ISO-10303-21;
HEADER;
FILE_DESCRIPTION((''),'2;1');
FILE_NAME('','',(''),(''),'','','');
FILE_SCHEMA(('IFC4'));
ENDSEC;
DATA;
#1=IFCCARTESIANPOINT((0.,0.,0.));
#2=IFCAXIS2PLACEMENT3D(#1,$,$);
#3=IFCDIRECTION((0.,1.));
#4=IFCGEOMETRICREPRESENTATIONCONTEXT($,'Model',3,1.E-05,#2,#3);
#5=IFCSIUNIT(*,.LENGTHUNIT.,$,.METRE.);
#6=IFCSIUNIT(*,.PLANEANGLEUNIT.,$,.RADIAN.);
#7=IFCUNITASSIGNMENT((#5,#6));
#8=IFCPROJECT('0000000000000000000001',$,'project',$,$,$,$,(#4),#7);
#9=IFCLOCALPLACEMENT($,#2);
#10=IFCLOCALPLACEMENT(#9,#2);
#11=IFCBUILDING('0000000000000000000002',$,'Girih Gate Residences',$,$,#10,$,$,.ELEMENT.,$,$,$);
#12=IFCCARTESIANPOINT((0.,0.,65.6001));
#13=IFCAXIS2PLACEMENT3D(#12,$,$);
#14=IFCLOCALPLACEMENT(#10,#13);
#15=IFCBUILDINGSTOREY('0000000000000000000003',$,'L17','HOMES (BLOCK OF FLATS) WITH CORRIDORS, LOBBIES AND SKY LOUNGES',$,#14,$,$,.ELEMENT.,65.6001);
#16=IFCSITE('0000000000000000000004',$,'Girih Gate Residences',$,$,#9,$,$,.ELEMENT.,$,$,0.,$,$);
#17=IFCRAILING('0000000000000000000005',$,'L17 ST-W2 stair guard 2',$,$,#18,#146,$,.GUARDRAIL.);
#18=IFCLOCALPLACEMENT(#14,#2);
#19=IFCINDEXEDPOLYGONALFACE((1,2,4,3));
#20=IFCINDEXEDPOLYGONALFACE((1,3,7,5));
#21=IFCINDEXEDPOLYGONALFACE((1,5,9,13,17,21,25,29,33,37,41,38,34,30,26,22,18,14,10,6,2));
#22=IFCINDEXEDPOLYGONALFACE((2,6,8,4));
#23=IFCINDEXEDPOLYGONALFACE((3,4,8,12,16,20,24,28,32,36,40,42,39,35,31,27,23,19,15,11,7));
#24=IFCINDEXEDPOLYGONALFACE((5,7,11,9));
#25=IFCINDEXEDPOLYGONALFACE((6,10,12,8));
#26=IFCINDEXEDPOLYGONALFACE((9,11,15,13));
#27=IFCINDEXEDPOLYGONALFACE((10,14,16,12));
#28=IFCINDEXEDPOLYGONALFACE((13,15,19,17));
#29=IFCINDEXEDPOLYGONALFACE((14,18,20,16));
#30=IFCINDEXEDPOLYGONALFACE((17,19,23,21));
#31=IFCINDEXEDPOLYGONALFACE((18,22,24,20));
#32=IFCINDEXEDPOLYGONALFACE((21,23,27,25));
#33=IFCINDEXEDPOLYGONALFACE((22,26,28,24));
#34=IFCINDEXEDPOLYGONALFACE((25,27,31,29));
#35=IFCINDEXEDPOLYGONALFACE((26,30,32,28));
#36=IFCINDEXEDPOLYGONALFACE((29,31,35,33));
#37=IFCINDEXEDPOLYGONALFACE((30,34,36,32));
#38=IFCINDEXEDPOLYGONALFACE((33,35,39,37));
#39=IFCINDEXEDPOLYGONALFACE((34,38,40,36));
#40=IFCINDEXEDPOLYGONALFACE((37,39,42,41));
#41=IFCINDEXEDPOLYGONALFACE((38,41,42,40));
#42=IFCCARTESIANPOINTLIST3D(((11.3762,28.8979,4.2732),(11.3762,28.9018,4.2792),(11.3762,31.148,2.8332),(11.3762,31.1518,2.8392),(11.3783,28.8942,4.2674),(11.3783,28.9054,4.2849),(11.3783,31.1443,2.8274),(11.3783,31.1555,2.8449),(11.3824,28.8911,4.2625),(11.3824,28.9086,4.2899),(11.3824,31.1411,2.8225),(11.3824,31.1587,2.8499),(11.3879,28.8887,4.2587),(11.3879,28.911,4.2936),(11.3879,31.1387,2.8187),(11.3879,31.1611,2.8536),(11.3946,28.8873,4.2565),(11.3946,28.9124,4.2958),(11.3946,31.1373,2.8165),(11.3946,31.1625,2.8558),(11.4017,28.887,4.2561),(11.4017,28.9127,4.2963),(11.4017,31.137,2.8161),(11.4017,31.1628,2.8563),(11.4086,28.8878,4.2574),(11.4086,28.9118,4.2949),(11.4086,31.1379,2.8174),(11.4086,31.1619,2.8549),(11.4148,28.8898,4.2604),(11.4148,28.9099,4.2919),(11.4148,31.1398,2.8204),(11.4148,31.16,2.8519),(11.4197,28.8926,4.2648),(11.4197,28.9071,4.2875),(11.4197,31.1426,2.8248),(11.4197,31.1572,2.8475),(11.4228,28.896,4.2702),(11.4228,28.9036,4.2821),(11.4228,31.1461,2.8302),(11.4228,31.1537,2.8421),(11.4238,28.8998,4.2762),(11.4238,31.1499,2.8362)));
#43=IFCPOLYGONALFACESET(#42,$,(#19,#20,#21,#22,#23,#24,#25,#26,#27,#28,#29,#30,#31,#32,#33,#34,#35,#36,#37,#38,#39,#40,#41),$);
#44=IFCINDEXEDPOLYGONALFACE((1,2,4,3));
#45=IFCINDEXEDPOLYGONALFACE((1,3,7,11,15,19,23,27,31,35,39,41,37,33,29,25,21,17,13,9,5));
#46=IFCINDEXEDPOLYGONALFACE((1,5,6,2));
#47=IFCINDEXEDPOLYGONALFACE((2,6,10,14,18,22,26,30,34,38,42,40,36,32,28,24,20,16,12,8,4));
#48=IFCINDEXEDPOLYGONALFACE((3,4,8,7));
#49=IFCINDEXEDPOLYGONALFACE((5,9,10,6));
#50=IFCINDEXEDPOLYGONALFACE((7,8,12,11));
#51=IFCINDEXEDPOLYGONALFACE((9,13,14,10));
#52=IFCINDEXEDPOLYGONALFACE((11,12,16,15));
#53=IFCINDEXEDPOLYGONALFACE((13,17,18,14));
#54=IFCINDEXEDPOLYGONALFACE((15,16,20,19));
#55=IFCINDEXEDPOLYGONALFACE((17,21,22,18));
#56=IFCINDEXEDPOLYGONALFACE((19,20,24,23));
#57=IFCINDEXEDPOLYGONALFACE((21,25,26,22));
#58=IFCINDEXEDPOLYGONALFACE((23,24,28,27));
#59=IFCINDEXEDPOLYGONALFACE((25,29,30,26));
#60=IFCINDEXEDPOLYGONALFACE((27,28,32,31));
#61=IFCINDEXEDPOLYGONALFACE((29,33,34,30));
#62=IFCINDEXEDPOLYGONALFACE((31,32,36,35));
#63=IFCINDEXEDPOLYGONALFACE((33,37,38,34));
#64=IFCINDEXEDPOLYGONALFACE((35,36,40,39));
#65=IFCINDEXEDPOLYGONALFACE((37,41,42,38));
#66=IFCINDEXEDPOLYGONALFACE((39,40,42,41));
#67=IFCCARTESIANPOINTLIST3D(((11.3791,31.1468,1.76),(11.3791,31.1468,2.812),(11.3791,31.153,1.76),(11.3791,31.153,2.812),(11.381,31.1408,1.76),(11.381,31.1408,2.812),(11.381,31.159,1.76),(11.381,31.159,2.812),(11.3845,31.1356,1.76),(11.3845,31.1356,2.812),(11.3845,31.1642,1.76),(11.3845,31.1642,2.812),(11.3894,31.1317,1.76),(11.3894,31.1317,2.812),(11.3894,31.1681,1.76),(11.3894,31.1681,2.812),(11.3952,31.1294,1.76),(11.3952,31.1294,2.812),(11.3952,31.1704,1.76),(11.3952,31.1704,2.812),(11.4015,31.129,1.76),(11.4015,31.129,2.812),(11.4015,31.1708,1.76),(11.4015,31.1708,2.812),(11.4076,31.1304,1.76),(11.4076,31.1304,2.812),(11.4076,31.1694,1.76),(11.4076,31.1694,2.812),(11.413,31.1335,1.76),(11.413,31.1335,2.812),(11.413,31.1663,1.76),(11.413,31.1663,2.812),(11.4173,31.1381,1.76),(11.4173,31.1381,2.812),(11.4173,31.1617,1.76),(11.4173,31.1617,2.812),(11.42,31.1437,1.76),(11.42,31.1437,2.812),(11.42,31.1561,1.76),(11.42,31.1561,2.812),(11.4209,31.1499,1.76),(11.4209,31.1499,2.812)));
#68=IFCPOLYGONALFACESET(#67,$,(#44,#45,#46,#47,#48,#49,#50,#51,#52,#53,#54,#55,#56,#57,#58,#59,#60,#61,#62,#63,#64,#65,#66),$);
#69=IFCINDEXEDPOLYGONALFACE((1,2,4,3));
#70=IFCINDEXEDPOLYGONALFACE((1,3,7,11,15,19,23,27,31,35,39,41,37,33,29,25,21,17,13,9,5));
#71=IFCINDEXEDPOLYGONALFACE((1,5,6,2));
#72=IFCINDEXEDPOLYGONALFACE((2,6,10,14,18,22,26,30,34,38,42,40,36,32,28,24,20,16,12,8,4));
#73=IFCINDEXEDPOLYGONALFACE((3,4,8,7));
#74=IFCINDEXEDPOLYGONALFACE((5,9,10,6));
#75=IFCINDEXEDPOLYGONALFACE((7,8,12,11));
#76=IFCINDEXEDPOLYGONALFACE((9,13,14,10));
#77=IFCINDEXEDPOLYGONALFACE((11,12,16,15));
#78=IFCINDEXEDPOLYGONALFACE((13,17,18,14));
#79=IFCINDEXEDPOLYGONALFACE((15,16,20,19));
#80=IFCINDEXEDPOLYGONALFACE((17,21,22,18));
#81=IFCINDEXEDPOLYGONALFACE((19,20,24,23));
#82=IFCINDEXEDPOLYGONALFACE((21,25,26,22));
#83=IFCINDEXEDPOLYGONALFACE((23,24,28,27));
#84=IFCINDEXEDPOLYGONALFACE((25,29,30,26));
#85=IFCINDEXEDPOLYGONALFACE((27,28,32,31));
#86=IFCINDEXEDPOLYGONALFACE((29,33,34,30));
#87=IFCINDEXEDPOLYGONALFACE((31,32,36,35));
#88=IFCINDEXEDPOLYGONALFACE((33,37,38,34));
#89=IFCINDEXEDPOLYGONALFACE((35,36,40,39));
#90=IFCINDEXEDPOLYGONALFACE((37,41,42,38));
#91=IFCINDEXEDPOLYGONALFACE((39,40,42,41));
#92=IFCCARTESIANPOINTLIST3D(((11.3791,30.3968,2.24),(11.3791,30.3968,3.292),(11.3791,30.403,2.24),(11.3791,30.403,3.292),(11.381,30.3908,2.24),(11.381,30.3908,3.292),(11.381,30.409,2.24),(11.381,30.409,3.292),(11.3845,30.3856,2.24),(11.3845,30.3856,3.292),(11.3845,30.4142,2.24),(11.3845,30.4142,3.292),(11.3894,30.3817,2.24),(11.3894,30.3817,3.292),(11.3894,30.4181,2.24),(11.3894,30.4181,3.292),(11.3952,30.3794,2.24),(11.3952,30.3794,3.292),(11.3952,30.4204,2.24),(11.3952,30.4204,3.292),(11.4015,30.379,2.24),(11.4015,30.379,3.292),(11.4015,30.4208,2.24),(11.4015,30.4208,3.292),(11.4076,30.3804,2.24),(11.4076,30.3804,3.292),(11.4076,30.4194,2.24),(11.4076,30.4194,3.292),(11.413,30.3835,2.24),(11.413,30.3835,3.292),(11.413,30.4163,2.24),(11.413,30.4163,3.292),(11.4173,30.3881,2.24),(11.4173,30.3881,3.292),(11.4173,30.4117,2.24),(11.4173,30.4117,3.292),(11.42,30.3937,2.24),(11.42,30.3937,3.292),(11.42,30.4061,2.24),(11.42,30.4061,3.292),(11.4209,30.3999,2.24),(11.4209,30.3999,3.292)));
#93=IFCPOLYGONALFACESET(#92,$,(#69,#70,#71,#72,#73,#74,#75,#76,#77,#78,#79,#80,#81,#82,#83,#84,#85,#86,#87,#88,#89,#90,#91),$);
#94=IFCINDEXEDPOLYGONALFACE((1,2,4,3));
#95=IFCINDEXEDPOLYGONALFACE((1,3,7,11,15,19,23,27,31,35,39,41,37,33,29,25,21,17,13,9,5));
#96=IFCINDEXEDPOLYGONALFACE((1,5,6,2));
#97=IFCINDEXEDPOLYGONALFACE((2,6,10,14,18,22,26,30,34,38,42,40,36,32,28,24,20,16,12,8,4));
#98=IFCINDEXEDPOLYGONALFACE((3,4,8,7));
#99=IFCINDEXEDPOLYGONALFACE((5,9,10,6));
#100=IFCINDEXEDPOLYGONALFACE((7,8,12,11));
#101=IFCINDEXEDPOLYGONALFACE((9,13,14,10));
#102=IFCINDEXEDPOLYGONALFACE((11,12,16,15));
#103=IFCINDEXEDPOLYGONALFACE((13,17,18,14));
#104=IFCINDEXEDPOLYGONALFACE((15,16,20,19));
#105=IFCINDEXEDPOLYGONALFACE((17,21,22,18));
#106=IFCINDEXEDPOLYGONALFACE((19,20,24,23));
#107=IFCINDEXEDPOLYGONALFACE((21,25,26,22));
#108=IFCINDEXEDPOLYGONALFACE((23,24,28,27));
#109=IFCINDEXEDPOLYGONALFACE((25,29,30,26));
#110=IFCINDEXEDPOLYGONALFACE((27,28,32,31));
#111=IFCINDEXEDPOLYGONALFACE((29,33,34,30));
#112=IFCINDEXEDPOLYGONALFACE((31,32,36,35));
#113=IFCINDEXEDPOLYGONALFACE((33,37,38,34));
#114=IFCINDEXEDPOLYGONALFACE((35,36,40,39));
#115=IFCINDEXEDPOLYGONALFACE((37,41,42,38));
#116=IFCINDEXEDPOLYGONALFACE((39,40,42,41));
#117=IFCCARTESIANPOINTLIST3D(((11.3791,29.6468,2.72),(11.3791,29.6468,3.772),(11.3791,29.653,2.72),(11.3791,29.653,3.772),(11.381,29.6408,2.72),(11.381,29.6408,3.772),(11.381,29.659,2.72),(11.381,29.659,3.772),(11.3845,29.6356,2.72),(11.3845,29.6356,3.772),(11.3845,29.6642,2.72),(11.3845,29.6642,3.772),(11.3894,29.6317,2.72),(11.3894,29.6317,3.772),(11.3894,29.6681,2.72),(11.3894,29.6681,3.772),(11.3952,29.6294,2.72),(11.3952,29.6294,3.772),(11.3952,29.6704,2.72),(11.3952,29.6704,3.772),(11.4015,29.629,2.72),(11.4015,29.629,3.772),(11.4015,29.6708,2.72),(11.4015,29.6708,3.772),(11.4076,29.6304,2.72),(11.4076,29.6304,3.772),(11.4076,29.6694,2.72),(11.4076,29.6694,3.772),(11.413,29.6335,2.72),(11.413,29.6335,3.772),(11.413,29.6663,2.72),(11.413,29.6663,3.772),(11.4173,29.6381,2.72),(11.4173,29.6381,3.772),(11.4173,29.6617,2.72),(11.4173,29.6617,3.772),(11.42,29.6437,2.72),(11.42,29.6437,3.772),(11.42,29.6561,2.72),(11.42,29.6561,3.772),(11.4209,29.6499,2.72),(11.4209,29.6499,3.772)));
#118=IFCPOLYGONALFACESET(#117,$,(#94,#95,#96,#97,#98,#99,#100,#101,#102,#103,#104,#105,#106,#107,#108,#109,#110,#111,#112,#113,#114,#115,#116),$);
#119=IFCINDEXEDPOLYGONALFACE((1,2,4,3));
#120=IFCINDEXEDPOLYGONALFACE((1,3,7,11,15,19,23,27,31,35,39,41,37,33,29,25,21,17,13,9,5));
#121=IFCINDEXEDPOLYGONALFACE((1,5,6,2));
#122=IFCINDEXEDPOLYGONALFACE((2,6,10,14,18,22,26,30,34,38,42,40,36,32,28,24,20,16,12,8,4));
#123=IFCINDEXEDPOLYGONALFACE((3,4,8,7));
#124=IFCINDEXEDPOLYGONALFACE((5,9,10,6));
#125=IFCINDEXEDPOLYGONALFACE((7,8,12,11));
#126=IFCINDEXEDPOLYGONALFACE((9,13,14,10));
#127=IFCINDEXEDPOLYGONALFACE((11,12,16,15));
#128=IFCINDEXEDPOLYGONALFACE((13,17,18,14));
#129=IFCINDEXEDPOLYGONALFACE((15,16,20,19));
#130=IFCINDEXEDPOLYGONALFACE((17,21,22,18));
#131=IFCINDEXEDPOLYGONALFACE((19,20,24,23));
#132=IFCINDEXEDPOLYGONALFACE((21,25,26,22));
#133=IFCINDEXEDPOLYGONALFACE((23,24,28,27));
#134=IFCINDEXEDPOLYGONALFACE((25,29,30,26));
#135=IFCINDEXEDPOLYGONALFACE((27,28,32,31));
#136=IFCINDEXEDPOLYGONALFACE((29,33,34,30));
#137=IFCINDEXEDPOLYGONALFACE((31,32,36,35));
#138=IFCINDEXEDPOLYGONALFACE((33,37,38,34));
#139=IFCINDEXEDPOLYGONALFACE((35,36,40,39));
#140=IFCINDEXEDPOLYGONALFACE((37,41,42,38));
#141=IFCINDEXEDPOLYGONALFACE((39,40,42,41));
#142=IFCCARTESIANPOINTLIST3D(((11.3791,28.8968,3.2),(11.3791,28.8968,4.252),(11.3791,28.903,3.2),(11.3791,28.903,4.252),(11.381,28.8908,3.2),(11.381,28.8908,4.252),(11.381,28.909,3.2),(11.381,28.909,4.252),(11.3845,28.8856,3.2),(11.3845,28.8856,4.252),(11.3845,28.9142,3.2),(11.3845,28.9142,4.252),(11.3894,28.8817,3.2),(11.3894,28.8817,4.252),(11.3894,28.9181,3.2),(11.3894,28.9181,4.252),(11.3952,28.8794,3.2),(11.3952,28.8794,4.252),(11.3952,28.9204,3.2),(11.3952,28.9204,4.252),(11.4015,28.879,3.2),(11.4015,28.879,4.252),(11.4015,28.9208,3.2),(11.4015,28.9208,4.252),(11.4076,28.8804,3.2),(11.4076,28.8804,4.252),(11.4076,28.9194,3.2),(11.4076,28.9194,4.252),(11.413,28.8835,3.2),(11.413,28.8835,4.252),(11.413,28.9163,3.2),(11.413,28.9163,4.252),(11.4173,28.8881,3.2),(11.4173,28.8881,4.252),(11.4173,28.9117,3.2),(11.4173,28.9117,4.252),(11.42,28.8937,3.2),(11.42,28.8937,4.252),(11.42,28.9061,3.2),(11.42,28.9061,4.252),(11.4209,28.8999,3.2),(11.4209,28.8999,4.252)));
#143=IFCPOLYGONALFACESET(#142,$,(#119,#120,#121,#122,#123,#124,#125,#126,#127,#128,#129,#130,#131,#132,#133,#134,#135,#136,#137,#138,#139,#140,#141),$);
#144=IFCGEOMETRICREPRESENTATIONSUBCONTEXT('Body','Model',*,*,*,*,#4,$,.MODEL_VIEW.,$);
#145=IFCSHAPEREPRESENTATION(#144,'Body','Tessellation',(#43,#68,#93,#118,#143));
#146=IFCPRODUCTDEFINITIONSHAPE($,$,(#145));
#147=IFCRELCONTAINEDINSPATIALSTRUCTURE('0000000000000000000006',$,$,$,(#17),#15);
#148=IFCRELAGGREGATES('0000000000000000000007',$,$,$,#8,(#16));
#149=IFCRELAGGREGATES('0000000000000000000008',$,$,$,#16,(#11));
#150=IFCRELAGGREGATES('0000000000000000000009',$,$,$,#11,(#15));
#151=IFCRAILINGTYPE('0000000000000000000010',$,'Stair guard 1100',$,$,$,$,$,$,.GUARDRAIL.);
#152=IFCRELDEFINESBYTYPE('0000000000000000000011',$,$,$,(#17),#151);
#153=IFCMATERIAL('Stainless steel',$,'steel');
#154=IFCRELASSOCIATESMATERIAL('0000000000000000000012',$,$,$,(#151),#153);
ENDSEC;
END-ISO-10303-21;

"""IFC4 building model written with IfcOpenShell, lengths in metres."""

from ifc_helpers import new_model, si_unit, direction, frame, origin, origin_2d, place, context, subcontext, project, spatial, circle, extrude, material, type_object, element, save


model = new_model("IFC4")

# Units and contexts
model_context = context("Model", 3, precision=1e-05, world=origin(), true_north=direction((0.0, 1.0)))
body_context = subcontext(model_context, "Body", "Model", "MODEL_VIEW")
ifc_project = project(units=[si_unit("LENGTHUNIT", "METRE"), si_unit("PLANEANGLEUNIT", "RADIAN")], contexts=[model_context])

# Site, building, storey
site_placement = place(None, origin())
site = spatial("IfcSite", under=ifc_project, at=site_placement, Name="Girih Gate Residences", CompositionType="ELEMENT", RefElevation=0.0)
building_placement = place(site_placement, origin())
building = spatial("IfcBuilding", under=site, at=building_placement, Name="Girih Gate Residences", CompositionType="ELEMENT")
storey_placement = place(building_placement, frame((0.0, 0.0, 65.6001)))
storey = spatial("IfcBuildingStorey", under=building, at=storey_placement, Name="L17", Description="HOMES (BLOCK OF FLATS) WITH CORRIDORS, LOBBIES AND SKY LOUNGES", CompositionType="ELEMENT", Elevation=65.6001)

# Railing
ifc_material_1 = material(Name="Stainless steel", Category="steel")
railing_type_1 = type_object("IfcRailingType", Name="Stair guard 1100", PredefinedType="GUARDRAIL", material=ifc_material_1)
railing_1_placement = place(storey_placement, frame((11.3999, 31.1499, 1.76)))
element("IfcRailing", 1, at=railing_1_placement, inside=storey, type_object=railing_type_1, Name="L17 ST-W2 stair guard 2", PredefinedType="GUARDRAIL", context=body_context, shape_type="SweptSolid", body=[
    extrude(circle(Radius=0.0239, at=origin_2d()), frame((0.0, 0.0, 1.0762), z_axis=(0.0, -0.842281, 0.539038), x_axis=(1.0, 0.0, 0.0)), (0.0, 0.0, 1.0), 2.6714),
    extrude(circle(Radius=0.021, at=origin_2d()), origin(), (0.0, 0.0, 1.0), 1.052),
    extrude(circle(Radius=0.021, at=origin_2d()), frame((0.0, -0.75, 0.48)), (0.0, 0.0, 1.0), 1.052),
    extrude(circle(Radius=0.021, at=origin_2d()), frame((0.0, -1.5, 0.96)), (0.0, 0.0, 1.0), 1.052),
    extrude(circle(Radius=0.021, at=origin_2d()), frame((0.0, -2.25, 1.4399)), (0.0, 0.0, 1.0), 1.052),
])

save(model, "model.ifc")
